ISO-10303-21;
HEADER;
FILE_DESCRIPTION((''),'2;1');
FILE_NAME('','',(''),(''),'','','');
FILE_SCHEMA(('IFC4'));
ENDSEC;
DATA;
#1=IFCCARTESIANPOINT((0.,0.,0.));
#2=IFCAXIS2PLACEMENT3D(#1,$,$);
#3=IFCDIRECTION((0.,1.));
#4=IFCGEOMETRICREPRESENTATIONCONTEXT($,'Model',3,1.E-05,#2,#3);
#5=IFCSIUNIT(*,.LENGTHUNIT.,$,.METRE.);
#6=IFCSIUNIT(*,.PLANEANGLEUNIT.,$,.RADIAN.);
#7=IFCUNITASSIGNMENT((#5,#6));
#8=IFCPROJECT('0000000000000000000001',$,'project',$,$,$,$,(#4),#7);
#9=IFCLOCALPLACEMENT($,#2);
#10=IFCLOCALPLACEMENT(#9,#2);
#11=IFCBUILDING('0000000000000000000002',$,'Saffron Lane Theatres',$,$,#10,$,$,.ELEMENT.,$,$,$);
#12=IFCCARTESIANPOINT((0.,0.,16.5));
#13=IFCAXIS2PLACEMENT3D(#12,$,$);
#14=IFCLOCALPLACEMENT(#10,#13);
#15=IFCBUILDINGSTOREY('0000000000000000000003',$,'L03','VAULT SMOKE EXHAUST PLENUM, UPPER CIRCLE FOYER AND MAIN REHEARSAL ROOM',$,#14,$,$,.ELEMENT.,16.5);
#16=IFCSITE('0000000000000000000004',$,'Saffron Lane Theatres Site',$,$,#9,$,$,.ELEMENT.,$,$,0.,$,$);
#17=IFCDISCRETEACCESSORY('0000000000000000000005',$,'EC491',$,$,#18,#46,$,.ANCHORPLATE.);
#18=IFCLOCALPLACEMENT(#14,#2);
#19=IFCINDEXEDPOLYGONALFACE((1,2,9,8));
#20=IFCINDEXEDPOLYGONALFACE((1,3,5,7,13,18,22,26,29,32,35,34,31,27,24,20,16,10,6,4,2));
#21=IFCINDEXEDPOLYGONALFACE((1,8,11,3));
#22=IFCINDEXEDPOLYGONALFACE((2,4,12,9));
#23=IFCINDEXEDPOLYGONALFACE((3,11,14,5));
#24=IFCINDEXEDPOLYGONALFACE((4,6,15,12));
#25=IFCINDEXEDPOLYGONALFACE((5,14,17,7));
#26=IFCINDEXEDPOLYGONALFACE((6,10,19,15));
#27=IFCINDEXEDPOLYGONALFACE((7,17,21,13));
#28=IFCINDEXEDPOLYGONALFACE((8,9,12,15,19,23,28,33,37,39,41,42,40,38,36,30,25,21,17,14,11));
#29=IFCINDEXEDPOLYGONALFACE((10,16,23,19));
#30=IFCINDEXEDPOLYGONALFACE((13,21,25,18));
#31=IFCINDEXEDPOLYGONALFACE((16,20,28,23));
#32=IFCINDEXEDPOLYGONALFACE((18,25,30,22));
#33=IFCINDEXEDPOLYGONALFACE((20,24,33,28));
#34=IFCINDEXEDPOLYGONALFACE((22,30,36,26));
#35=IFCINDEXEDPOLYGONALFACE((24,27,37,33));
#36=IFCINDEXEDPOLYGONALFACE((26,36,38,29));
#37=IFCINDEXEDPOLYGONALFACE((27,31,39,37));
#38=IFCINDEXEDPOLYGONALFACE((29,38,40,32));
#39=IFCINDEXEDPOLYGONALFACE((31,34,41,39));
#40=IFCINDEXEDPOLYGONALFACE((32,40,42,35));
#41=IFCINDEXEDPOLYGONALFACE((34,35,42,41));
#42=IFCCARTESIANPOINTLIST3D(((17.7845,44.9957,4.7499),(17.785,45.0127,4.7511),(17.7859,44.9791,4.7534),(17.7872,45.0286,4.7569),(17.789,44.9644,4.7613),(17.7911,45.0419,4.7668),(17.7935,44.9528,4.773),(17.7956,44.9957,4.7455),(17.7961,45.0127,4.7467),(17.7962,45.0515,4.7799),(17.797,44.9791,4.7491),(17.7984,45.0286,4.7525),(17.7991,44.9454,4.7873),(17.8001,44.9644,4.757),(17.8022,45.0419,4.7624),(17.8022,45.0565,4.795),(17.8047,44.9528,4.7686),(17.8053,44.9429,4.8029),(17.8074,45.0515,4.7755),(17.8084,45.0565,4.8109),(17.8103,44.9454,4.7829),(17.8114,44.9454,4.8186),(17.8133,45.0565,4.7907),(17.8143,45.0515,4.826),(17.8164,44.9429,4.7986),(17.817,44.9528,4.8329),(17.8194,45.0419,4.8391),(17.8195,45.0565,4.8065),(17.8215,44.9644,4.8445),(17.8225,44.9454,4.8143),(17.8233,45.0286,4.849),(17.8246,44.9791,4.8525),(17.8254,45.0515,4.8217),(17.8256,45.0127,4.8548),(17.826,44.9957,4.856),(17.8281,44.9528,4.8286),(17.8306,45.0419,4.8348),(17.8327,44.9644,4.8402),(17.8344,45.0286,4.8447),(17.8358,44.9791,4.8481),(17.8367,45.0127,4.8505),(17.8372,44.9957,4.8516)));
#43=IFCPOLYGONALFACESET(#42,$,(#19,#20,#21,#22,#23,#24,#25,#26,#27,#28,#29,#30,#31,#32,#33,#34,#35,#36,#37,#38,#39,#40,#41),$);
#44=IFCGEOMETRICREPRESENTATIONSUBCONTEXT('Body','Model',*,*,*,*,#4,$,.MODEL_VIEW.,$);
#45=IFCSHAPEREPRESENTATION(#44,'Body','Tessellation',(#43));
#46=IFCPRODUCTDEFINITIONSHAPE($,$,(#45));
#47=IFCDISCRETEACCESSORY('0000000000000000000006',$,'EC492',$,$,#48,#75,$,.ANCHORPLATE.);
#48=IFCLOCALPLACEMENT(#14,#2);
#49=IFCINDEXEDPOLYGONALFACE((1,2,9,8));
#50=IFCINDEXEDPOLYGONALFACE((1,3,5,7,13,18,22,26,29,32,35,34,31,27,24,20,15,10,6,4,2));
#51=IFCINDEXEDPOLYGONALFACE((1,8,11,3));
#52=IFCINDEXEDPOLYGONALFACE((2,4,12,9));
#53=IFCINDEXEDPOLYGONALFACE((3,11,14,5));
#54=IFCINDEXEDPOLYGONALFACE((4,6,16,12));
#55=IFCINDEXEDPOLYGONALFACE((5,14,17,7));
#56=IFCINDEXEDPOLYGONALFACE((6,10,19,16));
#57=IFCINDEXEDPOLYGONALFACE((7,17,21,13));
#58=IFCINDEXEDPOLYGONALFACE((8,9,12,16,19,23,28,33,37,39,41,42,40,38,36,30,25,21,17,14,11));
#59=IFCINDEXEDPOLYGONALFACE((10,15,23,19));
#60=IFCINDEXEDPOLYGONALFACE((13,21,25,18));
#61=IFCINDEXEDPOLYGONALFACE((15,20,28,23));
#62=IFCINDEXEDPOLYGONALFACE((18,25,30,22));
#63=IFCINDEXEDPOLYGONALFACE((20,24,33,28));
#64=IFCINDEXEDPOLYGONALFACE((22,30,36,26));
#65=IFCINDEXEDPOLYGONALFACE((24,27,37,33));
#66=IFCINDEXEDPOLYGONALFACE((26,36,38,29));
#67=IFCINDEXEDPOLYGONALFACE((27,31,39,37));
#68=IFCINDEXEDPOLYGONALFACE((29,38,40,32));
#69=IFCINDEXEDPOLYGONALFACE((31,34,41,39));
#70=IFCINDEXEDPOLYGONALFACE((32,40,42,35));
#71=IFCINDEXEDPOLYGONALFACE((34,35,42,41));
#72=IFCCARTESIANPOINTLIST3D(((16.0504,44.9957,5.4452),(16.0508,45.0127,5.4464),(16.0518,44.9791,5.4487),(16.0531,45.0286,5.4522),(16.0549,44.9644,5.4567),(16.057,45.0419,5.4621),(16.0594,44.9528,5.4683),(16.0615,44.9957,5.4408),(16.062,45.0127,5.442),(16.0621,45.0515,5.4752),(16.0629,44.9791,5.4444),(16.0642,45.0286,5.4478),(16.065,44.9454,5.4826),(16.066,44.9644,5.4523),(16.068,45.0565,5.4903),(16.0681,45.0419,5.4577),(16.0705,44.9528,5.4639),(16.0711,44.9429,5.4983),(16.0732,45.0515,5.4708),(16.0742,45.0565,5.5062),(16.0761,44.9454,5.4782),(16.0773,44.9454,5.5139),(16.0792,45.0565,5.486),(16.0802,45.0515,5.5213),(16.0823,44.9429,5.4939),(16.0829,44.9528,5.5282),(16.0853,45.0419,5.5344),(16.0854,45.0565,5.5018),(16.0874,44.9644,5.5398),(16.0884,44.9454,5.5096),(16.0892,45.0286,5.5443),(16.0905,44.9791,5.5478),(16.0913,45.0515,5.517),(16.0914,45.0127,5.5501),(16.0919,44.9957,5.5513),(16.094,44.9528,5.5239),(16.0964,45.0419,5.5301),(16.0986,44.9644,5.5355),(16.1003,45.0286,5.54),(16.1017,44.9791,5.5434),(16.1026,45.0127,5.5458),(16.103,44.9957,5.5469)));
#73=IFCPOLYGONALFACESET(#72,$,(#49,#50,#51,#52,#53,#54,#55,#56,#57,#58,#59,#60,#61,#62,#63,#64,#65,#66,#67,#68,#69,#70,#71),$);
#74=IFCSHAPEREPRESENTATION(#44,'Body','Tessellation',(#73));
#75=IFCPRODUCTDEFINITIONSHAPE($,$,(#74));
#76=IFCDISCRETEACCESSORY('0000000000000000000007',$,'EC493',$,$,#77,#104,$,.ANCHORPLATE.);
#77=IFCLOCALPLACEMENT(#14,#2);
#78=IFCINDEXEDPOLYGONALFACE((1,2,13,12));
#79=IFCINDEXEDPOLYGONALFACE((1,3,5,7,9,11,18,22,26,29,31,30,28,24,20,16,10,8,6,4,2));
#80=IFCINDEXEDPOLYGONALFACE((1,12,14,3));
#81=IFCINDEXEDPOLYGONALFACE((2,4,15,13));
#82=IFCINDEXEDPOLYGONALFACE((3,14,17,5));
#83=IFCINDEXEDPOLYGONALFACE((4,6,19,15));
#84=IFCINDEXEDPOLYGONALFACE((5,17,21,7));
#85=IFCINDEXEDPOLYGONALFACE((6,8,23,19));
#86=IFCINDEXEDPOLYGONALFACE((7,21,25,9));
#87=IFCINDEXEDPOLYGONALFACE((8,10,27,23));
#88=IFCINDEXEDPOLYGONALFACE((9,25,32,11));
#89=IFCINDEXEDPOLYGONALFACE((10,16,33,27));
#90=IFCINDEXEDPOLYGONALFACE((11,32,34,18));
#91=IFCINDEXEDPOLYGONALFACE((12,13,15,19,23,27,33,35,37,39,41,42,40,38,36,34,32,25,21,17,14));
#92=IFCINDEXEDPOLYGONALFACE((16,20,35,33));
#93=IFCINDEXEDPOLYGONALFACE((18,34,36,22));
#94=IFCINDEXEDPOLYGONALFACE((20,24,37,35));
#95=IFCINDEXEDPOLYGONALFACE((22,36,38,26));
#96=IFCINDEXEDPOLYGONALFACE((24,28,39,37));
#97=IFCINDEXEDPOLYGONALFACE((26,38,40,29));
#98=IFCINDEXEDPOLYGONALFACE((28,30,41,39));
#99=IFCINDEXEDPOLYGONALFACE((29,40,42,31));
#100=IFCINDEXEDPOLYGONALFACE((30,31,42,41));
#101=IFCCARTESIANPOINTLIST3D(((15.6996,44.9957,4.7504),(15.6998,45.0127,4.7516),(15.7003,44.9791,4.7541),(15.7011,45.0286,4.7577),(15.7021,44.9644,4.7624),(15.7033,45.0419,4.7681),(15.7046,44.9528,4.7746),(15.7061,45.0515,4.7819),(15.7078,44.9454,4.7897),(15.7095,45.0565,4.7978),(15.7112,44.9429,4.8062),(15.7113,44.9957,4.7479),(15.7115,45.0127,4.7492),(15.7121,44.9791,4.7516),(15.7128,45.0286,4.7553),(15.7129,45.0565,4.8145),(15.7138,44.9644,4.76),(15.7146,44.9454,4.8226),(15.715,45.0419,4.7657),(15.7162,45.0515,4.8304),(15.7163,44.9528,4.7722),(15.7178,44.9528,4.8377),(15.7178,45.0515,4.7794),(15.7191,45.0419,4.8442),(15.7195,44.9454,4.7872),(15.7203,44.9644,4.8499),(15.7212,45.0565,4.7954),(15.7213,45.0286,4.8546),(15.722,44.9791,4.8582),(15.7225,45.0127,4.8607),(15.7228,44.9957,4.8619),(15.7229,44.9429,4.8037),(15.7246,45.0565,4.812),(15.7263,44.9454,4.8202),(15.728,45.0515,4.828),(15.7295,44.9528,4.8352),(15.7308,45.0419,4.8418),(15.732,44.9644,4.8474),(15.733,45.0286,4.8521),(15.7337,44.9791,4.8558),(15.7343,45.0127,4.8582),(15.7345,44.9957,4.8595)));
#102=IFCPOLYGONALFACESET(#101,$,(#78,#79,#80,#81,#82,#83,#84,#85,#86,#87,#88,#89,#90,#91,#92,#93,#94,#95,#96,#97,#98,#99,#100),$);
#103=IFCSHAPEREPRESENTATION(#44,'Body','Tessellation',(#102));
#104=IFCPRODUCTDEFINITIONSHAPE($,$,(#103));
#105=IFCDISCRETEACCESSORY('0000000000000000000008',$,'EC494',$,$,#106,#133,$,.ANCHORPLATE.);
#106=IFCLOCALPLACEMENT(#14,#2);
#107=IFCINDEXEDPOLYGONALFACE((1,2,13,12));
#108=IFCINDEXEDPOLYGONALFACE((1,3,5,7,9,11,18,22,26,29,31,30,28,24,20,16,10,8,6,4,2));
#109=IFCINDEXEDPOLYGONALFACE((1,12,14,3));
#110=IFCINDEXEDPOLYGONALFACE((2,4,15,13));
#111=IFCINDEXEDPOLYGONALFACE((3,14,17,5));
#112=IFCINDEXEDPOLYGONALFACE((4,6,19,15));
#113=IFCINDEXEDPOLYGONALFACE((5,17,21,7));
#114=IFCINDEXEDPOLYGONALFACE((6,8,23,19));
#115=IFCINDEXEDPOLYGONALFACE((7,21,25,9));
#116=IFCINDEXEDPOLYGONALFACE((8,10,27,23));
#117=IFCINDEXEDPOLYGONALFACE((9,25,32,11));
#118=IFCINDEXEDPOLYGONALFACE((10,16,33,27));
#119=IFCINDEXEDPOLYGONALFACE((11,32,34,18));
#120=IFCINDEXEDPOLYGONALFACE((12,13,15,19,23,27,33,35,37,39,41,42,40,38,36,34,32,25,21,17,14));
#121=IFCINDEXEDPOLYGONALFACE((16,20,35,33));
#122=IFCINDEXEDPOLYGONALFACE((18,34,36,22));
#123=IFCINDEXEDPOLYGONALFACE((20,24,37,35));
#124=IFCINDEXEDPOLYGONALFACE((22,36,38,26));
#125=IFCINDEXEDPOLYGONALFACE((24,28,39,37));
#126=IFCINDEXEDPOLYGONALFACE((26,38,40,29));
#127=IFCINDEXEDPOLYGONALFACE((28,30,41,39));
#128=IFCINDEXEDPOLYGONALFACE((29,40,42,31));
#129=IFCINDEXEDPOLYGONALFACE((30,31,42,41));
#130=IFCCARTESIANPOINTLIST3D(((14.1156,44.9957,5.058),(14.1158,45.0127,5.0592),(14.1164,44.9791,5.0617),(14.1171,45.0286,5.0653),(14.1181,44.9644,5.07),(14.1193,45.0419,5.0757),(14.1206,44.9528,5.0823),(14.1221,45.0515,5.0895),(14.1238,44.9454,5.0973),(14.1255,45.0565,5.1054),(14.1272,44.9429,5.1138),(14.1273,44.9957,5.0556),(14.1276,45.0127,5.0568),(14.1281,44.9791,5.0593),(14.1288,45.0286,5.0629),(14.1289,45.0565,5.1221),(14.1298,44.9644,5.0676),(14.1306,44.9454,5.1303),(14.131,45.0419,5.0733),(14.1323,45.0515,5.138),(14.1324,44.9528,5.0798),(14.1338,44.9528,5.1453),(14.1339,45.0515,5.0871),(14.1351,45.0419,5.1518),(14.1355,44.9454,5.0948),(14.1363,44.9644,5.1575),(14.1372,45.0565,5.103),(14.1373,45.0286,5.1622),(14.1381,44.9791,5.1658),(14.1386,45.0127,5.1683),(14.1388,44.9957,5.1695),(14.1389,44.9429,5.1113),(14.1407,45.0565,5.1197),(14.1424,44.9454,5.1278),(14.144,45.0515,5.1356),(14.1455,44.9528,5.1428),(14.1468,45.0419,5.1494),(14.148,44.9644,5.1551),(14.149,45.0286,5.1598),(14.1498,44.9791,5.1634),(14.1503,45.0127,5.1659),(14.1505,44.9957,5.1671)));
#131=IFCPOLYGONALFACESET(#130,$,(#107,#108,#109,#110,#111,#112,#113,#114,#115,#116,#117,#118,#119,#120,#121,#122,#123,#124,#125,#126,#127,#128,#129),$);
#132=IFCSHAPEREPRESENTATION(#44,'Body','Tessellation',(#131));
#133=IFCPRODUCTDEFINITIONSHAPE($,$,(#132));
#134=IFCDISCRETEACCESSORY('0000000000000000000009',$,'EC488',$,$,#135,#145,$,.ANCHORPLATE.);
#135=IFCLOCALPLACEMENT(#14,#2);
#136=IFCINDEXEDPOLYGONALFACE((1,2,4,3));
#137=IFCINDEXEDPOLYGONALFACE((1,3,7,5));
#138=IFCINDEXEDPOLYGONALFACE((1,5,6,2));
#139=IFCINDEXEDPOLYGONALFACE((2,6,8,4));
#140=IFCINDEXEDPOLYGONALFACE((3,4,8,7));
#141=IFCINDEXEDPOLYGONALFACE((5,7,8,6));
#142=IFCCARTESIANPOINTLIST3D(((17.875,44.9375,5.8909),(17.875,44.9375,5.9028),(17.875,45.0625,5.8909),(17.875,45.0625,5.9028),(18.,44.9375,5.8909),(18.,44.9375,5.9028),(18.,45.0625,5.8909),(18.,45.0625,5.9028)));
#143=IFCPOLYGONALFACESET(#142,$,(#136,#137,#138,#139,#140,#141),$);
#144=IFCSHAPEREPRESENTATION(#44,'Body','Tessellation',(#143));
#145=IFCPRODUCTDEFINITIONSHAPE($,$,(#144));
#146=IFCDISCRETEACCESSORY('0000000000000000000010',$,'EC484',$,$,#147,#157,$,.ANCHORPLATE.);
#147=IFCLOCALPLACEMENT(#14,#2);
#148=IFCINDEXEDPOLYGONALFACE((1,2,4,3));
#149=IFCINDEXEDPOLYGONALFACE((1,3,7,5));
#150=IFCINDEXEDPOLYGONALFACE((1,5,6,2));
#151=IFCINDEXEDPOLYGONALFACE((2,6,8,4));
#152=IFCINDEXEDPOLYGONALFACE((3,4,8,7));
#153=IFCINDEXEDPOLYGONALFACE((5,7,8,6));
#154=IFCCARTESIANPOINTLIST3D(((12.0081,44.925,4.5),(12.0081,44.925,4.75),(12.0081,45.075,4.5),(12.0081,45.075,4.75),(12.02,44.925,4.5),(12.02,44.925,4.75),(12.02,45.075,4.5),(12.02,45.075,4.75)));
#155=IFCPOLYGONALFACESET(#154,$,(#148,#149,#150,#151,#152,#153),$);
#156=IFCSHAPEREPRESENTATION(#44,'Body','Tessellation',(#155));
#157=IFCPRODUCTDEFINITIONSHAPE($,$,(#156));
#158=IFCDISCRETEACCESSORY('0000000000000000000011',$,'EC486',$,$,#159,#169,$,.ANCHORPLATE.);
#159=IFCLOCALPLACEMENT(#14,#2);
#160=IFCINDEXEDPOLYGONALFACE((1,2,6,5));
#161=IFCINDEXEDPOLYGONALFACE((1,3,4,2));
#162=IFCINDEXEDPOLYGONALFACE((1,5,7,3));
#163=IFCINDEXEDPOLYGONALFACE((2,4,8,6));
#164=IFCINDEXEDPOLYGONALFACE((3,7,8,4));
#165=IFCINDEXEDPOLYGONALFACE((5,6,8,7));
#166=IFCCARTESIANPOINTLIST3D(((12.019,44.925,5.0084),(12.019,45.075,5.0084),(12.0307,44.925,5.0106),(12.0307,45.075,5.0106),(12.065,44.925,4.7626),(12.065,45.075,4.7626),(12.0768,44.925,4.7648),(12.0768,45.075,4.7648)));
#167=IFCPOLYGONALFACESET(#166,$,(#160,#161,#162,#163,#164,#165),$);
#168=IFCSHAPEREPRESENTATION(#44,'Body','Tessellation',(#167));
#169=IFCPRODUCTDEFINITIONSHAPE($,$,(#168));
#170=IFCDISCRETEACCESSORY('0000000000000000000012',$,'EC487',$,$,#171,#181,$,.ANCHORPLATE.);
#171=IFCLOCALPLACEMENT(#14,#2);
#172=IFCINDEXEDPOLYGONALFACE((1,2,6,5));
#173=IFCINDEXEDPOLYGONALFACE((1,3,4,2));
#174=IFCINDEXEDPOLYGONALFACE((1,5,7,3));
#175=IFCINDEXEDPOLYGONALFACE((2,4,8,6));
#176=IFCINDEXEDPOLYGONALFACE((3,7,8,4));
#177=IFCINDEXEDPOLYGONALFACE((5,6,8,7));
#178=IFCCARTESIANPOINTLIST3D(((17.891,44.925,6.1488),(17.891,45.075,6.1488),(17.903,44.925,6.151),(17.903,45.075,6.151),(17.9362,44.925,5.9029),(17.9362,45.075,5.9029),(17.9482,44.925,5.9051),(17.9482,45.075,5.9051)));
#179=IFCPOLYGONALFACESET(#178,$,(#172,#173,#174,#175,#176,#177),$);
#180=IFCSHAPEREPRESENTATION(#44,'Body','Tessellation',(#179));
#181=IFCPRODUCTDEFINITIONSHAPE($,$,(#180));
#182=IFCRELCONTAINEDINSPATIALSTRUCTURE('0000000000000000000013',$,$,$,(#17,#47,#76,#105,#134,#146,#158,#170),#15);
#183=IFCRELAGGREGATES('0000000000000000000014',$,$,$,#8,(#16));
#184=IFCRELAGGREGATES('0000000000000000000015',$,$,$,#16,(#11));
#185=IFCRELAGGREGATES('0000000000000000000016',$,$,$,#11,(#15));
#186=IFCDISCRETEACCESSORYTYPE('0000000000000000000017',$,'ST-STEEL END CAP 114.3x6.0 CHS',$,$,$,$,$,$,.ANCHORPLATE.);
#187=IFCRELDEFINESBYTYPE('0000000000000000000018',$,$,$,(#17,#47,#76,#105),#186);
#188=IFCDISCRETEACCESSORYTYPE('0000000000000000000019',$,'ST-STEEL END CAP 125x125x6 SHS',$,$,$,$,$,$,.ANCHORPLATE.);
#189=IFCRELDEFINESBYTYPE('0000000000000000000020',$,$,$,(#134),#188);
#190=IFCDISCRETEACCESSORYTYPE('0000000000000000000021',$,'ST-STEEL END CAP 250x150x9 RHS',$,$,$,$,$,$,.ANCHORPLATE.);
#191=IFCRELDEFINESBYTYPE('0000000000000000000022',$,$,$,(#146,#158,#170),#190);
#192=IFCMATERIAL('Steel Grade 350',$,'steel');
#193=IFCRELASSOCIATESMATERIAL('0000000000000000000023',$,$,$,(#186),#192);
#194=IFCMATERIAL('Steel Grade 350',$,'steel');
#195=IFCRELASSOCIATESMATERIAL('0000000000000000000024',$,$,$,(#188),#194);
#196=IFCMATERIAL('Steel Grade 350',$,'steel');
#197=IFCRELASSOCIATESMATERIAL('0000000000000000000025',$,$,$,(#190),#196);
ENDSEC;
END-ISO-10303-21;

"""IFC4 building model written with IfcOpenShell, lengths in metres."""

from ifc_helpers import new_model, si_unit, direction, frame, origin, origin_2d, place, context, subcontext, project, spatial, rectangle, circle, extrude, material, material_profile, profile_set, type_object, element, save


model = new_model("IFC4")

# Units and contexts
model_context = context("Model", 3, precision=1e-05, world=origin(), true_north=direction((0.0, 1.0)))
body_context = subcontext(model_context, "Body", "Model", "MODEL_VIEW")
ifc_project = project(units=[si_unit("LENGTHUNIT", "METRE"), si_unit("PLANEANGLEUNIT", "RADIAN")], contexts=[model_context])

# Site, building, storey
site_placement = place(None, origin())
site = spatial("IfcSite", under=ifc_project, at=site_placement, Name="Saffron Lane Theatres Site", CompositionType="ELEMENT", RefElevation=0.0)
building_placement = place(site_placement, origin())
building = spatial("IfcBuilding", under=site, at=building_placement, Name="Saffron Lane Theatres", CompositionType="ELEMENT")
storey_placement = place(building_placement, frame((0.0, 0.0, 16.5)))
storey = spatial("IfcBuildingStorey", under=building, at=storey_placement, Name="L03", Description="VAULT SMOKE EXHAUST PLENUM, UPPER CIRCLE FOYER AND MAIN REHEARSAL ROOM", CompositionType="ELEMENT", Elevation=16.5)

# Discrete accessories
ifc_material_1 = material(Name="Steel Grade 350", Category="steel")
ifc_material_profile_1 = material_profile(ifc_material_1, circle(Radius=0.0571, at=origin_2d()))
ifc_profile_set_1 = profile_set([ifc_material_profile_1], Name="Steel Grade 350")
discrete_accessory_type_1 = type_object("IfcDiscreteAccessoryType", Name="ST-STEEL END CAP 114.3x6.0 CHS", PredefinedType="ANCHORPLATE", material=ifc_profile_set_1)
for number, where, z_axis, x_axis, name in (
    (1, (17.8164, 45.0, 4.7986), (-0.931243, 0.0, 0.364399), (0.0, -1.0, 0.0), "EC491"),
    (2, (16.0823, 45.0, 5.4939), (-0.931243, 0.0, 0.364399), (0.0, -1.0, 0.0), "EC492"),
    (3, (15.7229, 45.0, 4.8037), (-0.97898, 0.0, 0.203954), (0.0, -1.0, 0.0), "EC493"),
    (4, (14.1389, 45.0, 5.1113), (-0.97898, 0.0, 0.203954), (0.0, -1.0, 0.0), "EC494"),
):
    element("IfcDiscreteAccessory", number, at=place(storey_placement, frame(where, z_axis=z_axis, x_axis=x_axis)), inside=storey, type_object=discrete_accessory_type_1, Name=name, PredefinedType="ANCHORPLATE", context=body_context, shape_type="SweptSolid", body=[
        extrude(circle(Radius=0.0571, at=origin_2d()), origin(), (0.0, 0.0, 1.0), 0.012),
    ])
ifc_material_2 = material(Name="Steel Grade 350", Category="steel")
ifc_material_profile_2 = material_profile(ifc_material_2, rectangle(XDim=0.125, YDim=0.125, at=origin_2d()))
ifc_profile_set_2 = profile_set([ifc_material_profile_2], Name="Steel Grade 350")
discrete_accessory_type_2 = type_object("IfcDiscreteAccessoryType", Name="ST-STEEL END CAP 125x125x6 SHS", PredefinedType="ANCHORPLATE", material=ifc_profile_set_2)
discrete_accessory_1_placement = place(storey_placement, frame((17.9375, 45.0, 5.8909), z_axis=(0.0, 0.0, 1.0), x_axis=(1.0, 0.0, 0.0)))
element("IfcDiscreteAccessory", 5, at=discrete_accessory_1_placement, inside=storey, type_object=discrete_accessory_type_2, Name="EC488", PredefinedType="ANCHORPLATE", context=body_context, shape_type="SweptSolid", body=[
    extrude(rectangle(XDim=0.125, YDim=0.125, at=origin_2d()), origin(), (0.0, 0.0, 1.0), 0.012),
])
ifc_material_3 = material(Name="Steel Grade 350", Category="steel")
ifc_material_profile_3 = material_profile(ifc_material_3, rectangle(XDim=0.1499, YDim=0.25, at=origin_2d()))
ifc_profile_set_3 = profile_set([ifc_material_profile_3], Name="Steel Grade 350")
discrete_accessory_type_3 = type_object("IfcDiscreteAccessoryType", Name="ST-STEEL END CAP 250x150x9 RHS", PredefinedType="ANCHORPLATE", material=ifc_profile_set_3)
for number, where, z_axis, x_axis, name in (
    (6, (12.0081, 45.0, 4.625), (1.0, 0.0, 0.0), (0.0, 1.0, 0.0), "EC484"),
    (7, (12.042, 45.0, 4.8855), (0.982872, 0.0, 0.184289), (0.0, 1.0, 0.0), "EC486"),
):
    element("IfcDiscreteAccessory", number, at=place(storey_placement, frame(where, z_axis=z_axis, x_axis=x_axis)), inside=storey, type_object=discrete_accessory_type_3, Name=name, PredefinedType="ANCHORPLATE", context=body_context, shape_type="SweptSolid", body=[
        extrude(rectangle(XDim=0.1499, YDim=0.25, at=origin_2d()), origin(), (0.0, 0.0, 1.0), 0.012),
    ])
discrete_accessory_2_placement = place(storey_placement, frame((17.9136, 45.0, 6.0259), z_axis=(0.983547, 0.0, 0.180652), x_axis=(0.0, 1.0, 0.0)))
element("IfcDiscreteAccessory", 8, at=discrete_accessory_2_placement, inside=storey, type_object=discrete_accessory_type_3, Name="EC487", PredefinedType="ANCHORPLATE", context=body_context, shape_type="SweptSolid", body=[
    extrude(rectangle(XDim=0.1499, YDim=0.25, at=origin_2d()), origin(), (0.0, 0.0, 1.0), 0.0122),
])

save(model, "model.ifc")
